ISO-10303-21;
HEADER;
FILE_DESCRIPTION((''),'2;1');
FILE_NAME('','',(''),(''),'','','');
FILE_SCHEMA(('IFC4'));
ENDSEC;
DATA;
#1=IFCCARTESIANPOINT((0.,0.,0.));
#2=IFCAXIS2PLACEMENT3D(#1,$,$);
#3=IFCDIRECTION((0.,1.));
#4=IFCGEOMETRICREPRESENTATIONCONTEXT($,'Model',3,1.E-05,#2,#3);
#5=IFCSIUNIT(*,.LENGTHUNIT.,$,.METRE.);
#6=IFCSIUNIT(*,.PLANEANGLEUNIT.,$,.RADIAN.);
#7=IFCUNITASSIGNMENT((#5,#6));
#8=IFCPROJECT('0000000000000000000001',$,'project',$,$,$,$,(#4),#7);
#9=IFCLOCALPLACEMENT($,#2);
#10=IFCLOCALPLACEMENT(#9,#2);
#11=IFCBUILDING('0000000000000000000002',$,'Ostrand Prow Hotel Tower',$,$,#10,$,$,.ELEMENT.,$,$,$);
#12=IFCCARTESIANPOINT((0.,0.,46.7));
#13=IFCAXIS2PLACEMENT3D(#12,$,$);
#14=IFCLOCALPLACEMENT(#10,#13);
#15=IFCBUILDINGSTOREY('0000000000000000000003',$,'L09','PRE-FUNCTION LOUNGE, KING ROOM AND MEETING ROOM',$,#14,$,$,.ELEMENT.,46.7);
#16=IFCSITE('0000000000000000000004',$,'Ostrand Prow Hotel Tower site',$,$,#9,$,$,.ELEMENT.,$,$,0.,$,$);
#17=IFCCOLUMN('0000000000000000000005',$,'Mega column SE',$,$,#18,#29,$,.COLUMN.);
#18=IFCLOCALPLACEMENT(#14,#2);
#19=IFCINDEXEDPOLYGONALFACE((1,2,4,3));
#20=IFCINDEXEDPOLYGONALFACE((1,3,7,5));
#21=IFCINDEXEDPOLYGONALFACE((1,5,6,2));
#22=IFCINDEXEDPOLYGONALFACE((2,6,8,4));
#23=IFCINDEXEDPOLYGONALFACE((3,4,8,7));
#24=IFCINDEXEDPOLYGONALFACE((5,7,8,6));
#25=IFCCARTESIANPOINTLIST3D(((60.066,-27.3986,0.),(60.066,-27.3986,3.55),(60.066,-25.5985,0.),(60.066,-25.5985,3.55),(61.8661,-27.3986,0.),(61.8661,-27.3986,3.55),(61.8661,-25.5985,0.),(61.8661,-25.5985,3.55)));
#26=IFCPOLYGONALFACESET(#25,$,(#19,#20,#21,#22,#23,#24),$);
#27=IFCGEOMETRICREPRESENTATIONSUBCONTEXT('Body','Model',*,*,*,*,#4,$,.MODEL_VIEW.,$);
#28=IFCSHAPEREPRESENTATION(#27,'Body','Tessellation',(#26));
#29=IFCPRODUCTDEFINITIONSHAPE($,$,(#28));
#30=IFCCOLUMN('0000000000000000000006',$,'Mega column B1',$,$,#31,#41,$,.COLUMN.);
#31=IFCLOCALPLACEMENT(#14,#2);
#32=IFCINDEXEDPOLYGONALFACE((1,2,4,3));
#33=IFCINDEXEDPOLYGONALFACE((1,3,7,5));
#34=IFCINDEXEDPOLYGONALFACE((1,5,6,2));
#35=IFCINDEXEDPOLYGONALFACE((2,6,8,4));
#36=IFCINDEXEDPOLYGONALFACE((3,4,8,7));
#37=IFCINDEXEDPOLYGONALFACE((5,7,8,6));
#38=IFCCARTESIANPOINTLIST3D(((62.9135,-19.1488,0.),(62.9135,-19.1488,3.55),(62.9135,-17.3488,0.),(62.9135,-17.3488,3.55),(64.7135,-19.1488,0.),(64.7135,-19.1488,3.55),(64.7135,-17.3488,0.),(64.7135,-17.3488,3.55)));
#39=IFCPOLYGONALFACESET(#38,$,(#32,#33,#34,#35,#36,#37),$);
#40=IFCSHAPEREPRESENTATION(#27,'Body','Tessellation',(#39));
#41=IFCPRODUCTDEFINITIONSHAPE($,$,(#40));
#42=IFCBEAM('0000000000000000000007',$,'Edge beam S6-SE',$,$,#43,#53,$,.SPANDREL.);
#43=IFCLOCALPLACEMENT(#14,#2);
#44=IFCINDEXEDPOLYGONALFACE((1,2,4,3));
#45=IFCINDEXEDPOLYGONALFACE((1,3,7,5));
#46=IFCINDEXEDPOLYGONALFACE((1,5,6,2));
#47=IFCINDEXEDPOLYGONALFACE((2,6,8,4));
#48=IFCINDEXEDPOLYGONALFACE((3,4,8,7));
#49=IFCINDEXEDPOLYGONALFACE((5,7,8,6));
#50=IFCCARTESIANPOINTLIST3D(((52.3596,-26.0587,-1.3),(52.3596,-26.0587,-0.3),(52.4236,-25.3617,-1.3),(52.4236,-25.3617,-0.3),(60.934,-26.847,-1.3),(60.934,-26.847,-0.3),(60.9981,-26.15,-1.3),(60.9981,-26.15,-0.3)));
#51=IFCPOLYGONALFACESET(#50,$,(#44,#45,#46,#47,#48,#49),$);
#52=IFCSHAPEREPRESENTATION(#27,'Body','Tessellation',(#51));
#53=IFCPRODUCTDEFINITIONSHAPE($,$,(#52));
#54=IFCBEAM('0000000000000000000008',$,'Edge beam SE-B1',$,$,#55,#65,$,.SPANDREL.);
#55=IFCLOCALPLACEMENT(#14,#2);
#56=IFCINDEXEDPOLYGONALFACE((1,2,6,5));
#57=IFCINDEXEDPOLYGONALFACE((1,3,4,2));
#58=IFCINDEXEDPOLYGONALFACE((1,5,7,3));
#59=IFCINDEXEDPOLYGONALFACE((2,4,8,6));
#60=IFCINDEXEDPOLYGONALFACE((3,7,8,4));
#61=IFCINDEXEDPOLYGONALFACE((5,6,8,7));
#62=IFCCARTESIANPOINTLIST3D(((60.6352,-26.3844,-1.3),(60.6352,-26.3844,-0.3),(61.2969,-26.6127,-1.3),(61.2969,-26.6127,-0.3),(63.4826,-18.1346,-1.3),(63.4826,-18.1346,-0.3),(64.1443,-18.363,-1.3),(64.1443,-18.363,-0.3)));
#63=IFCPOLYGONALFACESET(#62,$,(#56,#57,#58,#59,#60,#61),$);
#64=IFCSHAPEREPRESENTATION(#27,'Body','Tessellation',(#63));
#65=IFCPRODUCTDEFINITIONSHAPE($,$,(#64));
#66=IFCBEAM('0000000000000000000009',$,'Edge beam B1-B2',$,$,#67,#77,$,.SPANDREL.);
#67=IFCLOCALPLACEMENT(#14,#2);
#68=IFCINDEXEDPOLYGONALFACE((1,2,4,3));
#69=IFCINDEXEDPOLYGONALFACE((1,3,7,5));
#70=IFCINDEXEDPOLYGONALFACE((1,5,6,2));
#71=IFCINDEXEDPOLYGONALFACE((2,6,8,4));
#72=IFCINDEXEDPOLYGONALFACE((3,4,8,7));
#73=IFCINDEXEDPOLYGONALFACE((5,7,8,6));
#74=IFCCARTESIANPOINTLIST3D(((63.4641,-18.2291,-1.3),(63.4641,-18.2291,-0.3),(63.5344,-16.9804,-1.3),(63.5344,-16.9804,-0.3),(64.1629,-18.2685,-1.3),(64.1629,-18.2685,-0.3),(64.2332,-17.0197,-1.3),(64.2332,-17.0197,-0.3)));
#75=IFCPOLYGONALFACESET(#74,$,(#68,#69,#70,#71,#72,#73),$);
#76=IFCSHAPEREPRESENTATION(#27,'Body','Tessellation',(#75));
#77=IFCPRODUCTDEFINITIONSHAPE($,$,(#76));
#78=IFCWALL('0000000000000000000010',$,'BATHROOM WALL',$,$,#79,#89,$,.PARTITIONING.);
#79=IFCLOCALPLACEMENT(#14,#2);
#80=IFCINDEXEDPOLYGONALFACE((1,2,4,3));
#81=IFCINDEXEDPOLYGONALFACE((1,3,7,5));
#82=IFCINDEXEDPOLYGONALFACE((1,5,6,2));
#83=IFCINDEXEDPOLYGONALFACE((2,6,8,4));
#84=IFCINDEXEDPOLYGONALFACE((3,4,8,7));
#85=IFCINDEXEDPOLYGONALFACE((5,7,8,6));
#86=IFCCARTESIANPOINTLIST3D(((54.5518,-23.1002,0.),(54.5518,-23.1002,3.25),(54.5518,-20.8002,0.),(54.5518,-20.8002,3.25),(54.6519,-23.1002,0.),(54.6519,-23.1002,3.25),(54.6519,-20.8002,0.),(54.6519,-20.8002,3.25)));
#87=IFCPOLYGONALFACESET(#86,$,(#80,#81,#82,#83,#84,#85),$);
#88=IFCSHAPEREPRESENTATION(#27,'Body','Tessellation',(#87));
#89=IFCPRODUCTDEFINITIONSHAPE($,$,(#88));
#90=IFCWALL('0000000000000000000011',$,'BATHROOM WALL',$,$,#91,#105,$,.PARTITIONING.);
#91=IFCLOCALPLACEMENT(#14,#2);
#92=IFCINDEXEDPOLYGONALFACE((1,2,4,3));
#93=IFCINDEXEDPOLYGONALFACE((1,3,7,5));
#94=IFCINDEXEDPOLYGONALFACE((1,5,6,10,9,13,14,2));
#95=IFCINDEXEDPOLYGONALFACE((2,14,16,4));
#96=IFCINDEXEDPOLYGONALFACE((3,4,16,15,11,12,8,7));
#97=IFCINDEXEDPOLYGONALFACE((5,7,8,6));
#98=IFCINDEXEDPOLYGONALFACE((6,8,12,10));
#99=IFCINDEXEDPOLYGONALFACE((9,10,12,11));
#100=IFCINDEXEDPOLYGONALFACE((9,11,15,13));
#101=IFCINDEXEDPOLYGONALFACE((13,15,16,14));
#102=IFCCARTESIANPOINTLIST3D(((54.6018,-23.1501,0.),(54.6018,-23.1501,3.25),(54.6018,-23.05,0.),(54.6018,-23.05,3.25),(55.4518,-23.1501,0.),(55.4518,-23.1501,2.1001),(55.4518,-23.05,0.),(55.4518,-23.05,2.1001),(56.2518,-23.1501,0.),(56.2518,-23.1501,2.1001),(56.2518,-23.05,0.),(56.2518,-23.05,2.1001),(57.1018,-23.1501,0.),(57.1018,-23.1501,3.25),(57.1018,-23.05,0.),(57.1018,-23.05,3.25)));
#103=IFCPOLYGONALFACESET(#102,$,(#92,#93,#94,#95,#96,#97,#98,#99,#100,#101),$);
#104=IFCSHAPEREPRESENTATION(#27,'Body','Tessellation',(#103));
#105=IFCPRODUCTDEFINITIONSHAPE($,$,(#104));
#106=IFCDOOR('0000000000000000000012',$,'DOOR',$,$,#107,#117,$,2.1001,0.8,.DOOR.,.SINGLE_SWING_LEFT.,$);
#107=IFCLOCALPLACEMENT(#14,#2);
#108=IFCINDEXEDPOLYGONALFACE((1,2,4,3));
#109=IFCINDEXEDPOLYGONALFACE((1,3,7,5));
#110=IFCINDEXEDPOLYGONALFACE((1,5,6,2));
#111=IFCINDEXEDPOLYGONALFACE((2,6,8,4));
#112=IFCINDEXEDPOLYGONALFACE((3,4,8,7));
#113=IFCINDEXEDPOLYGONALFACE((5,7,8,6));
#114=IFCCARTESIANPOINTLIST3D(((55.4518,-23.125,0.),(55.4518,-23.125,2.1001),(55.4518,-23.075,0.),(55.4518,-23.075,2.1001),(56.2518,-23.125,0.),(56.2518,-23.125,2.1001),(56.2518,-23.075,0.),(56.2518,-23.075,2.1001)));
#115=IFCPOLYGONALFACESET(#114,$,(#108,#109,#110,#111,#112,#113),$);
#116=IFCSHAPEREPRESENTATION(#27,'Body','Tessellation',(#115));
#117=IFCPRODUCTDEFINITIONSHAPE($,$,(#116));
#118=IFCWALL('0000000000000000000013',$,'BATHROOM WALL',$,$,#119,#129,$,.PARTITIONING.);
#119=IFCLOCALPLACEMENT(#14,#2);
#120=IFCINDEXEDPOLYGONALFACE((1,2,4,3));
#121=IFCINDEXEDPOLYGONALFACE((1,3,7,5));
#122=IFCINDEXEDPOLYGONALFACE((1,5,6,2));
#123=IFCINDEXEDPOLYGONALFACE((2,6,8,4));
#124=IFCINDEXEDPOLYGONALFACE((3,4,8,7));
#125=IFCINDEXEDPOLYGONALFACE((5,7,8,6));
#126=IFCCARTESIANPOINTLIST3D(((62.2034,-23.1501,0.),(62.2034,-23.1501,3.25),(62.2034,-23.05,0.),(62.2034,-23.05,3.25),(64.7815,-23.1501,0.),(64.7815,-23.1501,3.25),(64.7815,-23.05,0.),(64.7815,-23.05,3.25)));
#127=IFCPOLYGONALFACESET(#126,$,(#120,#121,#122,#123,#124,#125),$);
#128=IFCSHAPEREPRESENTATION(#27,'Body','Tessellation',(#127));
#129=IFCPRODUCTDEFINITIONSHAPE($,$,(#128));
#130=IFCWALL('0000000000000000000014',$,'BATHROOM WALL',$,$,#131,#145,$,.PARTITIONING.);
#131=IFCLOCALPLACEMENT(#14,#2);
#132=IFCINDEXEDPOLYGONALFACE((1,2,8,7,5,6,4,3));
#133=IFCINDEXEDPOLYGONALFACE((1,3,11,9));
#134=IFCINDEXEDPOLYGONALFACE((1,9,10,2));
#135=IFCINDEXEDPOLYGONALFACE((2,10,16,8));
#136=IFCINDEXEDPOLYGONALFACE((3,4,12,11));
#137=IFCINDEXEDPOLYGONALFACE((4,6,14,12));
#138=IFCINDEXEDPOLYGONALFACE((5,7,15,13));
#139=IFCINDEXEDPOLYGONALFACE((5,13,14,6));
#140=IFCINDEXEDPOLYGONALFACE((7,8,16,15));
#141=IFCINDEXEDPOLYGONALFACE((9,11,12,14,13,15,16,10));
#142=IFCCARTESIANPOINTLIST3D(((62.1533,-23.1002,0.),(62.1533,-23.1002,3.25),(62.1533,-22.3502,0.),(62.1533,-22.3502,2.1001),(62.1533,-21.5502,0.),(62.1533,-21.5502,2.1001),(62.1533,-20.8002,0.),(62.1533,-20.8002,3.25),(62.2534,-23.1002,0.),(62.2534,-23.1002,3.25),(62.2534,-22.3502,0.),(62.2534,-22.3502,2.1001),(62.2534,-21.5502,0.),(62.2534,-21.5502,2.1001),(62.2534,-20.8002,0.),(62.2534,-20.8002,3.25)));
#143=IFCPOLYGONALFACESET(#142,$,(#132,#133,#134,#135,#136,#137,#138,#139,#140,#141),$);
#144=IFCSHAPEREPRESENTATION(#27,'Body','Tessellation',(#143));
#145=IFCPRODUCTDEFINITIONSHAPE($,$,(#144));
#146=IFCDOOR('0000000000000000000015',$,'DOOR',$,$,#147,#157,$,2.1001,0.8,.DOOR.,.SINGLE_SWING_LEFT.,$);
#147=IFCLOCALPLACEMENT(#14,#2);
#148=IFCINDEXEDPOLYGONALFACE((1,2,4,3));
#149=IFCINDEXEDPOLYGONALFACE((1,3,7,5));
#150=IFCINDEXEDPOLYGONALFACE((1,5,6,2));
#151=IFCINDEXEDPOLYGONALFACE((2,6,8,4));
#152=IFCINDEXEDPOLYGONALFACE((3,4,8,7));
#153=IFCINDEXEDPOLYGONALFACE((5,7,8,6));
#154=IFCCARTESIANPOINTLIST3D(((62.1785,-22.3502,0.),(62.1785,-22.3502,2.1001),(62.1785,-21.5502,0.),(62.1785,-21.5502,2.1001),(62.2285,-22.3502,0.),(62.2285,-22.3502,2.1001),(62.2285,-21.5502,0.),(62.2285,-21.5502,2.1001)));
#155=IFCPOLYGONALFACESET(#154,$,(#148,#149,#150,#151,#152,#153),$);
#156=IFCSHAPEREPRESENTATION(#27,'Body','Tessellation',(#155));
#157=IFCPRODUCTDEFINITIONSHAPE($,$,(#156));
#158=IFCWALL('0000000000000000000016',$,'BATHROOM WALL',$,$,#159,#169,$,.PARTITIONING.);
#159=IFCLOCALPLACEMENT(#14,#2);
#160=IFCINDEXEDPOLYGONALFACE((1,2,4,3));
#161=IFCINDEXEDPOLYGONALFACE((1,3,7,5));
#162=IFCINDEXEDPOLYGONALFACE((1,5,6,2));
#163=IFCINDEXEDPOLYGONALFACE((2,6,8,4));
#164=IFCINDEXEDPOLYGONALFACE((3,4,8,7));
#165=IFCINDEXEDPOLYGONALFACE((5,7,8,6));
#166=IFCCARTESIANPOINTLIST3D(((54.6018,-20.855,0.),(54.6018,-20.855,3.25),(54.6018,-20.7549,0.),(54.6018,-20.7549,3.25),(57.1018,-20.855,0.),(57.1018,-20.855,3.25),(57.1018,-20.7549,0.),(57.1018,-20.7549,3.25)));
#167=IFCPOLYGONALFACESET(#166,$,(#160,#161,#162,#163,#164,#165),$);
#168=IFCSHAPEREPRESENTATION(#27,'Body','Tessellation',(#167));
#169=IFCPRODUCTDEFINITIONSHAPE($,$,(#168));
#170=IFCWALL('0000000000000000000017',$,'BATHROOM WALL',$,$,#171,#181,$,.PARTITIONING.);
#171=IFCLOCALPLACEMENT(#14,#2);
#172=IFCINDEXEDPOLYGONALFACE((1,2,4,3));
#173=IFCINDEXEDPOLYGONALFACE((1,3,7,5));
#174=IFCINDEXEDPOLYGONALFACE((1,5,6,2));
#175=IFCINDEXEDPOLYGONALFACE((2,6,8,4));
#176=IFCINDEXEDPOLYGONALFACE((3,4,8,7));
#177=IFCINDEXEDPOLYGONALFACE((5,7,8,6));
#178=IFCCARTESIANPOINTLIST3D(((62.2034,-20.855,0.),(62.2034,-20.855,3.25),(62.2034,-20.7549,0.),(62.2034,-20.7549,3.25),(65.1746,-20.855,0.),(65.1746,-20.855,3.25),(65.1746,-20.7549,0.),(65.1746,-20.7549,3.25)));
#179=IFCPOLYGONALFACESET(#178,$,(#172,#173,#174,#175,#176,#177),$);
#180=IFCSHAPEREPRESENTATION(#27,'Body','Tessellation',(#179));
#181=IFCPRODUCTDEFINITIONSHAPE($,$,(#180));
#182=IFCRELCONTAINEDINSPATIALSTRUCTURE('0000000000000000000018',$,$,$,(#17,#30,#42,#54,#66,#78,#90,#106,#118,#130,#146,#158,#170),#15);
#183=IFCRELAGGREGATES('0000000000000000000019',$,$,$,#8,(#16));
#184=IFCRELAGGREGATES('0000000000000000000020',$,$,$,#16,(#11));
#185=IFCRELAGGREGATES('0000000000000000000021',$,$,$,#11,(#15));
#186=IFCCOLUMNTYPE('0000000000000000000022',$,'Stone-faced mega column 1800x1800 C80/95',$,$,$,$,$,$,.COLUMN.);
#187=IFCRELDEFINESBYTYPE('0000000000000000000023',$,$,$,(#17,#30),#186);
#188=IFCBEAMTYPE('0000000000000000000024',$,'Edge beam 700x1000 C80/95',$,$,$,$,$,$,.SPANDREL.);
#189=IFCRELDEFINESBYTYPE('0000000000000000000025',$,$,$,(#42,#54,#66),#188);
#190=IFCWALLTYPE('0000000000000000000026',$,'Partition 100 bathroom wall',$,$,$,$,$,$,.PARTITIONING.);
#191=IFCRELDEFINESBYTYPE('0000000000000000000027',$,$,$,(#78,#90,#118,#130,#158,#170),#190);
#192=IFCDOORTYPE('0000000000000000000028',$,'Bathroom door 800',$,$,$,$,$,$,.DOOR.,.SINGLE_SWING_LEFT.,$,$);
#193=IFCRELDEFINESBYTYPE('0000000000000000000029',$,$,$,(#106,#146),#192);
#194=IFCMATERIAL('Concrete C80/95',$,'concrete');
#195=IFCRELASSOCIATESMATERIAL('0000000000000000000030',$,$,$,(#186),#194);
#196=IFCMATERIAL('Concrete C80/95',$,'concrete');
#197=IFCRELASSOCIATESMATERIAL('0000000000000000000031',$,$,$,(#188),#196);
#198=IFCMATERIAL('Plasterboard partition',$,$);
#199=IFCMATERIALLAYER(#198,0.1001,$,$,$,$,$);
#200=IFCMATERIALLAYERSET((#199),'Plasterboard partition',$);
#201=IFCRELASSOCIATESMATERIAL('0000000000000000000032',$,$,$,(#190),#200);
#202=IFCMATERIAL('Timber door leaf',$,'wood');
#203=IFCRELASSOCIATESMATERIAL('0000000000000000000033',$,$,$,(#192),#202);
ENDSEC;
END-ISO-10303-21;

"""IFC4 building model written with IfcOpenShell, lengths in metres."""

from ifc_helpers import new_model, si_unit, direction, frame, frame_2d, origin, origin_2d, place, context, subcontext, project, spatial, rectangle, extrude, material, layer, layer_set, material_profile, profile_set, type_object, element, fill, save


model = new_model("IFC4")

# Units and contexts
model_context = context("Model", 3, precision=1e-05, world=origin(), true_north=direction((0.0, 1.0)))
body_context = subcontext(model_context, "Body", "Model", "MODEL_VIEW")
ifc_project = project(units=[si_unit("LENGTHUNIT", "METRE"), si_unit("PLANEANGLEUNIT", "RADIAN")], contexts=[model_context])

# Site, building, storey
site_placement = place(None, origin())
site = spatial("IfcSite", under=ifc_project, at=site_placement, Name="Ostrand Prow Hotel Tower site", CompositionType="ELEMENT", RefElevation=0.0)
building_placement = place(site_placement, origin())
building = spatial("IfcBuilding", under=site, at=building_placement, Name="Ostrand Prow Hotel Tower", CompositionType="ELEMENT")
storey_placement = place(building_placement, frame((0.0, 0.0, 46.7)))
storey = spatial("IfcBuildingStorey", under=building, at=storey_placement, Name="L09", Description="PRE-FUNCTION LOUNGE, KING ROOM AND MEETING ROOM", CompositionType="ELEMENT", Elevation=46.7)

# Columns
ifc_material_1 = material(Name="Concrete C80/95", Category="concrete")
ifc_material_profile_1 = material_profile(ifc_material_1, rectangle(XDim=1.8, YDim=1.8, at=origin_2d()), Name="RC 1800x1800")
ifc_profile_set_1 = profile_set([ifc_material_profile_1], Name="Concrete C80/95")
column_type = type_object("IfcColumnType", Name="Stone-faced mega column 1800x1800 C80/95", PredefinedType="COLUMN", material=ifc_profile_set_1)
for number, where, z_axis, x_axis, name in (
    (1, (60.9661, -26.4985, 0.0), (0.0, 0.0, 1.0), (1.0, 0.0, 0.0), "Mega column SE"),
    (2, (63.8135, -18.2488, 0.0), (0.0, 0.0, 1.0), (1.0, 0.0, 0.0), "Mega column B1"),
):
    element("IfcColumn", number, at=place(storey_placement, frame(where, z_axis=z_axis, x_axis=x_axis)), inside=storey, type_object=column_type, Name=name, PredefinedType="COLUMN", context=body_context, shape_type="SweptSolid", body=[
        extrude(rectangle(XDim=1.8, YDim=1.8, at=origin_2d()), origin(), (0.0, 0.0, 1.0), 3.55),
    ])

# Beams
ifc_material_2 = material(Name="Concrete C80/95", Category="concrete")
ifc_material_profile_2 = material_profile(ifc_material_2, rectangle(XDim=0.7, YDim=1.0, at=origin_2d()), Name="RC 700x1000")
ifc_profile_set_2 = profile_set([ifc_material_profile_2], Name="Concrete C80/95")
beam_type = type_object("IfcBeamType", Name="Edge beam 700x1000 C80/95", PredefinedType="SPANDREL", material=ifc_profile_set_2)
beam_1_placement = place(storey_placement, frame((52.3916, -25.7102, -0.8), z_axis=(0.9958, -0.091553, 0.0), x_axis=(0.091553, 0.9958, 0.0)))
element("IfcBeam", 3, at=beam_1_placement, inside=storey, type_object=beam_type, Name="Edge beam S6-SE", PredefinedType="SPANDREL", context=body_context, shape_type="SweptSolid", body=[
    extrude(rectangle(XDim=0.7, YDim=1.0, at=origin_2d()), origin(), (0.0, 0.0, 1.0), 8.6106),
])
beam_2_placement = place(storey_placement, frame((60.9661, -26.4985, -0.8), z_axis=(0.326264, 0.945279, 0.0), x_axis=(-0.945279, 0.326264, 0.0)))
element("IfcBeam", 4, at=beam_2_placement, inside=storey, type_object=beam_type, Name="Edge beam SE-B1", PredefinedType="SPANDREL", context=body_context, shape_type="SweptSolid", body=[
    extrude(rectangle(XDim=0.7, YDim=1.0, at=origin_2d()), origin(), (0.0, 0.0, 1.0), 8.7273),
])
beam_3_placement = place(storey_placement, frame((63.8135, -18.2488, -0.8), z_axis=(0.056216, 0.998419, 0.0), x_axis=(-0.998419, 0.056216, 0.0)))
element("IfcBeam", 5, at=beam_3_placement, inside=storey, type_object=beam_type, Name="Edge beam B1-B2", PredefinedType="SPANDREL", context=body_context, shape_type="SweptSolid", body=[
    extrude(rectangle(XDim=0.7, YDim=1.0, at=origin_2d()), origin(), (0.0, 0.0, 1.0), 1.2507),
])

# Wall
ifc_material_3 = material(Name="Plasterboard partition")
ifc_layer_1 = layer(ifc_material_3, 0.1001)
ifc_layer_set_1 = layer_set([ifc_layer_1], Name="Plasterboard partition")
wall_type_1 = type_object("IfcWallType", Name="Partition 100 bathroom wall", PredefinedType="PARTITIONING", material=ifc_layer_set_1)
wall_1_placement = place(storey_placement, frame((54.6018, -23.1001, 0.0), z_axis=(0.0, 0.0, 1.0), x_axis=(0.0, 1.0, 0.0)))
element("IfcWall", 6, at=wall_1_placement, inside=storey, type_object=wall_type_1, Name="BATHROOM WALL", PredefinedType="PARTITIONING", context=body_context, shape_type="SweptSolid", body=[
    extrude(rectangle(XDim=2.3, YDim=0.1001, at=frame_2d((1.1499, 0.0))), origin(), (0.0, 0.0, 1.0), 3.25),
])

# Wall, opening, door
wall_2_placement = place(storey_placement, frame((57.1018, -23.1001, 0.0), z_axis=(0.0, 0.0, 1.0), x_axis=(-1.0, 0.0, 0.0)))
wall_2 = element("IfcWall", 7, at=wall_2_placement, inside=storey, type_object=wall_type_1, Name="BATHROOM WALL", PredefinedType="PARTITIONING", context=body_context, shape_type="SweptSolid", body=[
    extrude(rectangle(XDim=2.5, YDim=0.1001, at=frame_2d((1.25, 0.0))), origin(), (0.0, 0.0, 1.0), 3.25),
])
opening_1_placement = place(wall_2_placement, frame((0.8501, 0.0, 0.0)))
opening_1 = element("IfcOpeningElement", 8, at=opening_1_placement, cuts=wall_2, PredefinedType="OPENING", context=body_context, shape_type="SweptSolid", body=[
    extrude(rectangle(XDim=0.8, YDim=2.1001, at=frame_2d((0.3999, 1.05))), frame((0.0, 0.0601, 0.0), z_axis=(0.0, -1.0, 0.0), x_axis=(1.0, 0.0, 0.0)), (0.0, 0.0, 1.0), 0.1201),
])
ifc_material_4 = material(Name="Timber door leaf", Category="wood")
door_type_1 = type_object("IfcDoorType", Name="Bathroom door 800", OperationType="SINGLE_SWING_LEFT", PredefinedType="DOOR", material=ifc_material_4)
door_1_placement = place(opening_1_placement, origin())
door_1 = element("IfcDoor", 9, at=door_1_placement, inside=storey, type_object=door_type_1, Name="DOOR", OperationType="SINGLE_SWING_LEFT", OverallHeight=2.1001, OverallWidth=0.8, PredefinedType="DOOR", context=body_context, shape_type="SweptSolid", body=[
    extrude(rectangle(XDim=0.8, YDim=2.1001, at=frame_2d((0.3999, 1.05))), frame((0.0, 0.0249, 0.0), z_axis=(0.0, -1.0, 0.0), x_axis=(1.0, 0.0, 0.0)), (0.0, 0.0, 1.0), 0.05),
])
fill(opening_1, door_1)

# Wall
wall_3_placement = place(storey_placement, frame((64.7815, -23.1001, 0.0), z_axis=(0.0, 0.0, 1.0), x_axis=(-1.0, 0.0, 0.0)))
element("IfcWall", 10, at=wall_3_placement, inside=storey, type_object=wall_type_1, Name="BATHROOM WALL", PredefinedType="PARTITIONING", context=body_context, shape_type="SweptSolid", body=[
    extrude(rectangle(XDim=2.5781, YDim=0.1001, at=frame_2d((1.2891, 0.0))), origin(), (0.0, 0.0, 1.0), 3.25),
])

# Wall, opening, door
wall_4_placement = place(storey_placement, frame((62.2034, -23.1001, 0.0), z_axis=(0.0, 0.0, 1.0), x_axis=(0.0, 1.0, 0.0)))
wall_4 = element("IfcWall", 11, at=wall_4_placement, inside=storey, type_object=wall_type_1, Name="BATHROOM WALL", PredefinedType="PARTITIONING", context=body_context, shape_type="SweptSolid", body=[
    extrude(rectangle(XDim=2.3, YDim=0.1001, at=frame_2d((1.1499, 0.0))), origin(), (0.0, 0.0, 1.0), 3.25),
])
opening_2_placement = place(wall_4_placement, frame((0.75, 0.0, 0.0)))
opening_2 = element("IfcOpeningElement", 12, at=opening_2_placement, cuts=wall_4, PredefinedType="OPENING", context=body_context, shape_type="SweptSolid", body=[
    extrude(rectangle(XDim=0.8, YDim=2.1001, at=frame_2d((0.3999, 1.05))), frame((0.0, 0.0601, 0.0), z_axis=(0.0, -1.0, 0.0), x_axis=(1.0, 0.0, 0.0)), (0.0, 0.0, 1.0), 0.1201),
])
door_2_placement = place(opening_2_placement, origin())
door_2 = element("IfcDoor", 13, at=door_2_placement, inside=storey, type_object=door_type_1, Name="DOOR", OperationType="SINGLE_SWING_LEFT", OverallHeight=2.1001, OverallWidth=0.8, PredefinedType="DOOR", context=body_context, shape_type="SweptSolid", body=[
    extrude(rectangle(XDim=0.8, YDim=2.1001, at=frame_2d((0.3999, 1.05))), frame((0.0, 0.0249, 0.0), z_axis=(0.0, -1.0, 0.0), x_axis=(1.0, 0.0, 0.0)), (0.0, 0.0, 1.0), 0.05),
])
fill(opening_2, door_2)

# Walls
wall_5_placement = place(storey_placement, frame((54.6018, -20.8049, 0.0), z_axis=(0.0, 0.0, 1.0), x_axis=(1.0, 0.0, 0.0)))
element("IfcWall", 14, at=wall_5_placement, inside=storey, type_object=wall_type_1, Name="BATHROOM WALL", PredefinedType="PARTITIONING", context=body_context, shape_type="SweptSolid", body=[
    extrude(rectangle(XDim=2.5, YDim=0.1001, at=frame_2d((1.25, 0.0))), origin(), (0.0, 0.0, 1.0), 3.25),
])
wall_6_placement = place(storey_placement, frame((62.2034, -20.8049, 0.0), z_axis=(0.0, 0.0, 1.0), x_axis=(1.0, 0.0, 0.0)))
element("IfcWall", 15, at=wall_6_placement, inside=storey, type_object=wall_type_1, Name="BATHROOM WALL", PredefinedType="PARTITIONING", context=body_context, shape_type="SweptSolid", body=[
    extrude(rectangle(XDim=2.9712, YDim=0.1001, at=frame_2d((1.4856, 0.0))), origin(), (0.0, 0.0, 1.0), 3.25),
])

save(model, "model.ifc")
